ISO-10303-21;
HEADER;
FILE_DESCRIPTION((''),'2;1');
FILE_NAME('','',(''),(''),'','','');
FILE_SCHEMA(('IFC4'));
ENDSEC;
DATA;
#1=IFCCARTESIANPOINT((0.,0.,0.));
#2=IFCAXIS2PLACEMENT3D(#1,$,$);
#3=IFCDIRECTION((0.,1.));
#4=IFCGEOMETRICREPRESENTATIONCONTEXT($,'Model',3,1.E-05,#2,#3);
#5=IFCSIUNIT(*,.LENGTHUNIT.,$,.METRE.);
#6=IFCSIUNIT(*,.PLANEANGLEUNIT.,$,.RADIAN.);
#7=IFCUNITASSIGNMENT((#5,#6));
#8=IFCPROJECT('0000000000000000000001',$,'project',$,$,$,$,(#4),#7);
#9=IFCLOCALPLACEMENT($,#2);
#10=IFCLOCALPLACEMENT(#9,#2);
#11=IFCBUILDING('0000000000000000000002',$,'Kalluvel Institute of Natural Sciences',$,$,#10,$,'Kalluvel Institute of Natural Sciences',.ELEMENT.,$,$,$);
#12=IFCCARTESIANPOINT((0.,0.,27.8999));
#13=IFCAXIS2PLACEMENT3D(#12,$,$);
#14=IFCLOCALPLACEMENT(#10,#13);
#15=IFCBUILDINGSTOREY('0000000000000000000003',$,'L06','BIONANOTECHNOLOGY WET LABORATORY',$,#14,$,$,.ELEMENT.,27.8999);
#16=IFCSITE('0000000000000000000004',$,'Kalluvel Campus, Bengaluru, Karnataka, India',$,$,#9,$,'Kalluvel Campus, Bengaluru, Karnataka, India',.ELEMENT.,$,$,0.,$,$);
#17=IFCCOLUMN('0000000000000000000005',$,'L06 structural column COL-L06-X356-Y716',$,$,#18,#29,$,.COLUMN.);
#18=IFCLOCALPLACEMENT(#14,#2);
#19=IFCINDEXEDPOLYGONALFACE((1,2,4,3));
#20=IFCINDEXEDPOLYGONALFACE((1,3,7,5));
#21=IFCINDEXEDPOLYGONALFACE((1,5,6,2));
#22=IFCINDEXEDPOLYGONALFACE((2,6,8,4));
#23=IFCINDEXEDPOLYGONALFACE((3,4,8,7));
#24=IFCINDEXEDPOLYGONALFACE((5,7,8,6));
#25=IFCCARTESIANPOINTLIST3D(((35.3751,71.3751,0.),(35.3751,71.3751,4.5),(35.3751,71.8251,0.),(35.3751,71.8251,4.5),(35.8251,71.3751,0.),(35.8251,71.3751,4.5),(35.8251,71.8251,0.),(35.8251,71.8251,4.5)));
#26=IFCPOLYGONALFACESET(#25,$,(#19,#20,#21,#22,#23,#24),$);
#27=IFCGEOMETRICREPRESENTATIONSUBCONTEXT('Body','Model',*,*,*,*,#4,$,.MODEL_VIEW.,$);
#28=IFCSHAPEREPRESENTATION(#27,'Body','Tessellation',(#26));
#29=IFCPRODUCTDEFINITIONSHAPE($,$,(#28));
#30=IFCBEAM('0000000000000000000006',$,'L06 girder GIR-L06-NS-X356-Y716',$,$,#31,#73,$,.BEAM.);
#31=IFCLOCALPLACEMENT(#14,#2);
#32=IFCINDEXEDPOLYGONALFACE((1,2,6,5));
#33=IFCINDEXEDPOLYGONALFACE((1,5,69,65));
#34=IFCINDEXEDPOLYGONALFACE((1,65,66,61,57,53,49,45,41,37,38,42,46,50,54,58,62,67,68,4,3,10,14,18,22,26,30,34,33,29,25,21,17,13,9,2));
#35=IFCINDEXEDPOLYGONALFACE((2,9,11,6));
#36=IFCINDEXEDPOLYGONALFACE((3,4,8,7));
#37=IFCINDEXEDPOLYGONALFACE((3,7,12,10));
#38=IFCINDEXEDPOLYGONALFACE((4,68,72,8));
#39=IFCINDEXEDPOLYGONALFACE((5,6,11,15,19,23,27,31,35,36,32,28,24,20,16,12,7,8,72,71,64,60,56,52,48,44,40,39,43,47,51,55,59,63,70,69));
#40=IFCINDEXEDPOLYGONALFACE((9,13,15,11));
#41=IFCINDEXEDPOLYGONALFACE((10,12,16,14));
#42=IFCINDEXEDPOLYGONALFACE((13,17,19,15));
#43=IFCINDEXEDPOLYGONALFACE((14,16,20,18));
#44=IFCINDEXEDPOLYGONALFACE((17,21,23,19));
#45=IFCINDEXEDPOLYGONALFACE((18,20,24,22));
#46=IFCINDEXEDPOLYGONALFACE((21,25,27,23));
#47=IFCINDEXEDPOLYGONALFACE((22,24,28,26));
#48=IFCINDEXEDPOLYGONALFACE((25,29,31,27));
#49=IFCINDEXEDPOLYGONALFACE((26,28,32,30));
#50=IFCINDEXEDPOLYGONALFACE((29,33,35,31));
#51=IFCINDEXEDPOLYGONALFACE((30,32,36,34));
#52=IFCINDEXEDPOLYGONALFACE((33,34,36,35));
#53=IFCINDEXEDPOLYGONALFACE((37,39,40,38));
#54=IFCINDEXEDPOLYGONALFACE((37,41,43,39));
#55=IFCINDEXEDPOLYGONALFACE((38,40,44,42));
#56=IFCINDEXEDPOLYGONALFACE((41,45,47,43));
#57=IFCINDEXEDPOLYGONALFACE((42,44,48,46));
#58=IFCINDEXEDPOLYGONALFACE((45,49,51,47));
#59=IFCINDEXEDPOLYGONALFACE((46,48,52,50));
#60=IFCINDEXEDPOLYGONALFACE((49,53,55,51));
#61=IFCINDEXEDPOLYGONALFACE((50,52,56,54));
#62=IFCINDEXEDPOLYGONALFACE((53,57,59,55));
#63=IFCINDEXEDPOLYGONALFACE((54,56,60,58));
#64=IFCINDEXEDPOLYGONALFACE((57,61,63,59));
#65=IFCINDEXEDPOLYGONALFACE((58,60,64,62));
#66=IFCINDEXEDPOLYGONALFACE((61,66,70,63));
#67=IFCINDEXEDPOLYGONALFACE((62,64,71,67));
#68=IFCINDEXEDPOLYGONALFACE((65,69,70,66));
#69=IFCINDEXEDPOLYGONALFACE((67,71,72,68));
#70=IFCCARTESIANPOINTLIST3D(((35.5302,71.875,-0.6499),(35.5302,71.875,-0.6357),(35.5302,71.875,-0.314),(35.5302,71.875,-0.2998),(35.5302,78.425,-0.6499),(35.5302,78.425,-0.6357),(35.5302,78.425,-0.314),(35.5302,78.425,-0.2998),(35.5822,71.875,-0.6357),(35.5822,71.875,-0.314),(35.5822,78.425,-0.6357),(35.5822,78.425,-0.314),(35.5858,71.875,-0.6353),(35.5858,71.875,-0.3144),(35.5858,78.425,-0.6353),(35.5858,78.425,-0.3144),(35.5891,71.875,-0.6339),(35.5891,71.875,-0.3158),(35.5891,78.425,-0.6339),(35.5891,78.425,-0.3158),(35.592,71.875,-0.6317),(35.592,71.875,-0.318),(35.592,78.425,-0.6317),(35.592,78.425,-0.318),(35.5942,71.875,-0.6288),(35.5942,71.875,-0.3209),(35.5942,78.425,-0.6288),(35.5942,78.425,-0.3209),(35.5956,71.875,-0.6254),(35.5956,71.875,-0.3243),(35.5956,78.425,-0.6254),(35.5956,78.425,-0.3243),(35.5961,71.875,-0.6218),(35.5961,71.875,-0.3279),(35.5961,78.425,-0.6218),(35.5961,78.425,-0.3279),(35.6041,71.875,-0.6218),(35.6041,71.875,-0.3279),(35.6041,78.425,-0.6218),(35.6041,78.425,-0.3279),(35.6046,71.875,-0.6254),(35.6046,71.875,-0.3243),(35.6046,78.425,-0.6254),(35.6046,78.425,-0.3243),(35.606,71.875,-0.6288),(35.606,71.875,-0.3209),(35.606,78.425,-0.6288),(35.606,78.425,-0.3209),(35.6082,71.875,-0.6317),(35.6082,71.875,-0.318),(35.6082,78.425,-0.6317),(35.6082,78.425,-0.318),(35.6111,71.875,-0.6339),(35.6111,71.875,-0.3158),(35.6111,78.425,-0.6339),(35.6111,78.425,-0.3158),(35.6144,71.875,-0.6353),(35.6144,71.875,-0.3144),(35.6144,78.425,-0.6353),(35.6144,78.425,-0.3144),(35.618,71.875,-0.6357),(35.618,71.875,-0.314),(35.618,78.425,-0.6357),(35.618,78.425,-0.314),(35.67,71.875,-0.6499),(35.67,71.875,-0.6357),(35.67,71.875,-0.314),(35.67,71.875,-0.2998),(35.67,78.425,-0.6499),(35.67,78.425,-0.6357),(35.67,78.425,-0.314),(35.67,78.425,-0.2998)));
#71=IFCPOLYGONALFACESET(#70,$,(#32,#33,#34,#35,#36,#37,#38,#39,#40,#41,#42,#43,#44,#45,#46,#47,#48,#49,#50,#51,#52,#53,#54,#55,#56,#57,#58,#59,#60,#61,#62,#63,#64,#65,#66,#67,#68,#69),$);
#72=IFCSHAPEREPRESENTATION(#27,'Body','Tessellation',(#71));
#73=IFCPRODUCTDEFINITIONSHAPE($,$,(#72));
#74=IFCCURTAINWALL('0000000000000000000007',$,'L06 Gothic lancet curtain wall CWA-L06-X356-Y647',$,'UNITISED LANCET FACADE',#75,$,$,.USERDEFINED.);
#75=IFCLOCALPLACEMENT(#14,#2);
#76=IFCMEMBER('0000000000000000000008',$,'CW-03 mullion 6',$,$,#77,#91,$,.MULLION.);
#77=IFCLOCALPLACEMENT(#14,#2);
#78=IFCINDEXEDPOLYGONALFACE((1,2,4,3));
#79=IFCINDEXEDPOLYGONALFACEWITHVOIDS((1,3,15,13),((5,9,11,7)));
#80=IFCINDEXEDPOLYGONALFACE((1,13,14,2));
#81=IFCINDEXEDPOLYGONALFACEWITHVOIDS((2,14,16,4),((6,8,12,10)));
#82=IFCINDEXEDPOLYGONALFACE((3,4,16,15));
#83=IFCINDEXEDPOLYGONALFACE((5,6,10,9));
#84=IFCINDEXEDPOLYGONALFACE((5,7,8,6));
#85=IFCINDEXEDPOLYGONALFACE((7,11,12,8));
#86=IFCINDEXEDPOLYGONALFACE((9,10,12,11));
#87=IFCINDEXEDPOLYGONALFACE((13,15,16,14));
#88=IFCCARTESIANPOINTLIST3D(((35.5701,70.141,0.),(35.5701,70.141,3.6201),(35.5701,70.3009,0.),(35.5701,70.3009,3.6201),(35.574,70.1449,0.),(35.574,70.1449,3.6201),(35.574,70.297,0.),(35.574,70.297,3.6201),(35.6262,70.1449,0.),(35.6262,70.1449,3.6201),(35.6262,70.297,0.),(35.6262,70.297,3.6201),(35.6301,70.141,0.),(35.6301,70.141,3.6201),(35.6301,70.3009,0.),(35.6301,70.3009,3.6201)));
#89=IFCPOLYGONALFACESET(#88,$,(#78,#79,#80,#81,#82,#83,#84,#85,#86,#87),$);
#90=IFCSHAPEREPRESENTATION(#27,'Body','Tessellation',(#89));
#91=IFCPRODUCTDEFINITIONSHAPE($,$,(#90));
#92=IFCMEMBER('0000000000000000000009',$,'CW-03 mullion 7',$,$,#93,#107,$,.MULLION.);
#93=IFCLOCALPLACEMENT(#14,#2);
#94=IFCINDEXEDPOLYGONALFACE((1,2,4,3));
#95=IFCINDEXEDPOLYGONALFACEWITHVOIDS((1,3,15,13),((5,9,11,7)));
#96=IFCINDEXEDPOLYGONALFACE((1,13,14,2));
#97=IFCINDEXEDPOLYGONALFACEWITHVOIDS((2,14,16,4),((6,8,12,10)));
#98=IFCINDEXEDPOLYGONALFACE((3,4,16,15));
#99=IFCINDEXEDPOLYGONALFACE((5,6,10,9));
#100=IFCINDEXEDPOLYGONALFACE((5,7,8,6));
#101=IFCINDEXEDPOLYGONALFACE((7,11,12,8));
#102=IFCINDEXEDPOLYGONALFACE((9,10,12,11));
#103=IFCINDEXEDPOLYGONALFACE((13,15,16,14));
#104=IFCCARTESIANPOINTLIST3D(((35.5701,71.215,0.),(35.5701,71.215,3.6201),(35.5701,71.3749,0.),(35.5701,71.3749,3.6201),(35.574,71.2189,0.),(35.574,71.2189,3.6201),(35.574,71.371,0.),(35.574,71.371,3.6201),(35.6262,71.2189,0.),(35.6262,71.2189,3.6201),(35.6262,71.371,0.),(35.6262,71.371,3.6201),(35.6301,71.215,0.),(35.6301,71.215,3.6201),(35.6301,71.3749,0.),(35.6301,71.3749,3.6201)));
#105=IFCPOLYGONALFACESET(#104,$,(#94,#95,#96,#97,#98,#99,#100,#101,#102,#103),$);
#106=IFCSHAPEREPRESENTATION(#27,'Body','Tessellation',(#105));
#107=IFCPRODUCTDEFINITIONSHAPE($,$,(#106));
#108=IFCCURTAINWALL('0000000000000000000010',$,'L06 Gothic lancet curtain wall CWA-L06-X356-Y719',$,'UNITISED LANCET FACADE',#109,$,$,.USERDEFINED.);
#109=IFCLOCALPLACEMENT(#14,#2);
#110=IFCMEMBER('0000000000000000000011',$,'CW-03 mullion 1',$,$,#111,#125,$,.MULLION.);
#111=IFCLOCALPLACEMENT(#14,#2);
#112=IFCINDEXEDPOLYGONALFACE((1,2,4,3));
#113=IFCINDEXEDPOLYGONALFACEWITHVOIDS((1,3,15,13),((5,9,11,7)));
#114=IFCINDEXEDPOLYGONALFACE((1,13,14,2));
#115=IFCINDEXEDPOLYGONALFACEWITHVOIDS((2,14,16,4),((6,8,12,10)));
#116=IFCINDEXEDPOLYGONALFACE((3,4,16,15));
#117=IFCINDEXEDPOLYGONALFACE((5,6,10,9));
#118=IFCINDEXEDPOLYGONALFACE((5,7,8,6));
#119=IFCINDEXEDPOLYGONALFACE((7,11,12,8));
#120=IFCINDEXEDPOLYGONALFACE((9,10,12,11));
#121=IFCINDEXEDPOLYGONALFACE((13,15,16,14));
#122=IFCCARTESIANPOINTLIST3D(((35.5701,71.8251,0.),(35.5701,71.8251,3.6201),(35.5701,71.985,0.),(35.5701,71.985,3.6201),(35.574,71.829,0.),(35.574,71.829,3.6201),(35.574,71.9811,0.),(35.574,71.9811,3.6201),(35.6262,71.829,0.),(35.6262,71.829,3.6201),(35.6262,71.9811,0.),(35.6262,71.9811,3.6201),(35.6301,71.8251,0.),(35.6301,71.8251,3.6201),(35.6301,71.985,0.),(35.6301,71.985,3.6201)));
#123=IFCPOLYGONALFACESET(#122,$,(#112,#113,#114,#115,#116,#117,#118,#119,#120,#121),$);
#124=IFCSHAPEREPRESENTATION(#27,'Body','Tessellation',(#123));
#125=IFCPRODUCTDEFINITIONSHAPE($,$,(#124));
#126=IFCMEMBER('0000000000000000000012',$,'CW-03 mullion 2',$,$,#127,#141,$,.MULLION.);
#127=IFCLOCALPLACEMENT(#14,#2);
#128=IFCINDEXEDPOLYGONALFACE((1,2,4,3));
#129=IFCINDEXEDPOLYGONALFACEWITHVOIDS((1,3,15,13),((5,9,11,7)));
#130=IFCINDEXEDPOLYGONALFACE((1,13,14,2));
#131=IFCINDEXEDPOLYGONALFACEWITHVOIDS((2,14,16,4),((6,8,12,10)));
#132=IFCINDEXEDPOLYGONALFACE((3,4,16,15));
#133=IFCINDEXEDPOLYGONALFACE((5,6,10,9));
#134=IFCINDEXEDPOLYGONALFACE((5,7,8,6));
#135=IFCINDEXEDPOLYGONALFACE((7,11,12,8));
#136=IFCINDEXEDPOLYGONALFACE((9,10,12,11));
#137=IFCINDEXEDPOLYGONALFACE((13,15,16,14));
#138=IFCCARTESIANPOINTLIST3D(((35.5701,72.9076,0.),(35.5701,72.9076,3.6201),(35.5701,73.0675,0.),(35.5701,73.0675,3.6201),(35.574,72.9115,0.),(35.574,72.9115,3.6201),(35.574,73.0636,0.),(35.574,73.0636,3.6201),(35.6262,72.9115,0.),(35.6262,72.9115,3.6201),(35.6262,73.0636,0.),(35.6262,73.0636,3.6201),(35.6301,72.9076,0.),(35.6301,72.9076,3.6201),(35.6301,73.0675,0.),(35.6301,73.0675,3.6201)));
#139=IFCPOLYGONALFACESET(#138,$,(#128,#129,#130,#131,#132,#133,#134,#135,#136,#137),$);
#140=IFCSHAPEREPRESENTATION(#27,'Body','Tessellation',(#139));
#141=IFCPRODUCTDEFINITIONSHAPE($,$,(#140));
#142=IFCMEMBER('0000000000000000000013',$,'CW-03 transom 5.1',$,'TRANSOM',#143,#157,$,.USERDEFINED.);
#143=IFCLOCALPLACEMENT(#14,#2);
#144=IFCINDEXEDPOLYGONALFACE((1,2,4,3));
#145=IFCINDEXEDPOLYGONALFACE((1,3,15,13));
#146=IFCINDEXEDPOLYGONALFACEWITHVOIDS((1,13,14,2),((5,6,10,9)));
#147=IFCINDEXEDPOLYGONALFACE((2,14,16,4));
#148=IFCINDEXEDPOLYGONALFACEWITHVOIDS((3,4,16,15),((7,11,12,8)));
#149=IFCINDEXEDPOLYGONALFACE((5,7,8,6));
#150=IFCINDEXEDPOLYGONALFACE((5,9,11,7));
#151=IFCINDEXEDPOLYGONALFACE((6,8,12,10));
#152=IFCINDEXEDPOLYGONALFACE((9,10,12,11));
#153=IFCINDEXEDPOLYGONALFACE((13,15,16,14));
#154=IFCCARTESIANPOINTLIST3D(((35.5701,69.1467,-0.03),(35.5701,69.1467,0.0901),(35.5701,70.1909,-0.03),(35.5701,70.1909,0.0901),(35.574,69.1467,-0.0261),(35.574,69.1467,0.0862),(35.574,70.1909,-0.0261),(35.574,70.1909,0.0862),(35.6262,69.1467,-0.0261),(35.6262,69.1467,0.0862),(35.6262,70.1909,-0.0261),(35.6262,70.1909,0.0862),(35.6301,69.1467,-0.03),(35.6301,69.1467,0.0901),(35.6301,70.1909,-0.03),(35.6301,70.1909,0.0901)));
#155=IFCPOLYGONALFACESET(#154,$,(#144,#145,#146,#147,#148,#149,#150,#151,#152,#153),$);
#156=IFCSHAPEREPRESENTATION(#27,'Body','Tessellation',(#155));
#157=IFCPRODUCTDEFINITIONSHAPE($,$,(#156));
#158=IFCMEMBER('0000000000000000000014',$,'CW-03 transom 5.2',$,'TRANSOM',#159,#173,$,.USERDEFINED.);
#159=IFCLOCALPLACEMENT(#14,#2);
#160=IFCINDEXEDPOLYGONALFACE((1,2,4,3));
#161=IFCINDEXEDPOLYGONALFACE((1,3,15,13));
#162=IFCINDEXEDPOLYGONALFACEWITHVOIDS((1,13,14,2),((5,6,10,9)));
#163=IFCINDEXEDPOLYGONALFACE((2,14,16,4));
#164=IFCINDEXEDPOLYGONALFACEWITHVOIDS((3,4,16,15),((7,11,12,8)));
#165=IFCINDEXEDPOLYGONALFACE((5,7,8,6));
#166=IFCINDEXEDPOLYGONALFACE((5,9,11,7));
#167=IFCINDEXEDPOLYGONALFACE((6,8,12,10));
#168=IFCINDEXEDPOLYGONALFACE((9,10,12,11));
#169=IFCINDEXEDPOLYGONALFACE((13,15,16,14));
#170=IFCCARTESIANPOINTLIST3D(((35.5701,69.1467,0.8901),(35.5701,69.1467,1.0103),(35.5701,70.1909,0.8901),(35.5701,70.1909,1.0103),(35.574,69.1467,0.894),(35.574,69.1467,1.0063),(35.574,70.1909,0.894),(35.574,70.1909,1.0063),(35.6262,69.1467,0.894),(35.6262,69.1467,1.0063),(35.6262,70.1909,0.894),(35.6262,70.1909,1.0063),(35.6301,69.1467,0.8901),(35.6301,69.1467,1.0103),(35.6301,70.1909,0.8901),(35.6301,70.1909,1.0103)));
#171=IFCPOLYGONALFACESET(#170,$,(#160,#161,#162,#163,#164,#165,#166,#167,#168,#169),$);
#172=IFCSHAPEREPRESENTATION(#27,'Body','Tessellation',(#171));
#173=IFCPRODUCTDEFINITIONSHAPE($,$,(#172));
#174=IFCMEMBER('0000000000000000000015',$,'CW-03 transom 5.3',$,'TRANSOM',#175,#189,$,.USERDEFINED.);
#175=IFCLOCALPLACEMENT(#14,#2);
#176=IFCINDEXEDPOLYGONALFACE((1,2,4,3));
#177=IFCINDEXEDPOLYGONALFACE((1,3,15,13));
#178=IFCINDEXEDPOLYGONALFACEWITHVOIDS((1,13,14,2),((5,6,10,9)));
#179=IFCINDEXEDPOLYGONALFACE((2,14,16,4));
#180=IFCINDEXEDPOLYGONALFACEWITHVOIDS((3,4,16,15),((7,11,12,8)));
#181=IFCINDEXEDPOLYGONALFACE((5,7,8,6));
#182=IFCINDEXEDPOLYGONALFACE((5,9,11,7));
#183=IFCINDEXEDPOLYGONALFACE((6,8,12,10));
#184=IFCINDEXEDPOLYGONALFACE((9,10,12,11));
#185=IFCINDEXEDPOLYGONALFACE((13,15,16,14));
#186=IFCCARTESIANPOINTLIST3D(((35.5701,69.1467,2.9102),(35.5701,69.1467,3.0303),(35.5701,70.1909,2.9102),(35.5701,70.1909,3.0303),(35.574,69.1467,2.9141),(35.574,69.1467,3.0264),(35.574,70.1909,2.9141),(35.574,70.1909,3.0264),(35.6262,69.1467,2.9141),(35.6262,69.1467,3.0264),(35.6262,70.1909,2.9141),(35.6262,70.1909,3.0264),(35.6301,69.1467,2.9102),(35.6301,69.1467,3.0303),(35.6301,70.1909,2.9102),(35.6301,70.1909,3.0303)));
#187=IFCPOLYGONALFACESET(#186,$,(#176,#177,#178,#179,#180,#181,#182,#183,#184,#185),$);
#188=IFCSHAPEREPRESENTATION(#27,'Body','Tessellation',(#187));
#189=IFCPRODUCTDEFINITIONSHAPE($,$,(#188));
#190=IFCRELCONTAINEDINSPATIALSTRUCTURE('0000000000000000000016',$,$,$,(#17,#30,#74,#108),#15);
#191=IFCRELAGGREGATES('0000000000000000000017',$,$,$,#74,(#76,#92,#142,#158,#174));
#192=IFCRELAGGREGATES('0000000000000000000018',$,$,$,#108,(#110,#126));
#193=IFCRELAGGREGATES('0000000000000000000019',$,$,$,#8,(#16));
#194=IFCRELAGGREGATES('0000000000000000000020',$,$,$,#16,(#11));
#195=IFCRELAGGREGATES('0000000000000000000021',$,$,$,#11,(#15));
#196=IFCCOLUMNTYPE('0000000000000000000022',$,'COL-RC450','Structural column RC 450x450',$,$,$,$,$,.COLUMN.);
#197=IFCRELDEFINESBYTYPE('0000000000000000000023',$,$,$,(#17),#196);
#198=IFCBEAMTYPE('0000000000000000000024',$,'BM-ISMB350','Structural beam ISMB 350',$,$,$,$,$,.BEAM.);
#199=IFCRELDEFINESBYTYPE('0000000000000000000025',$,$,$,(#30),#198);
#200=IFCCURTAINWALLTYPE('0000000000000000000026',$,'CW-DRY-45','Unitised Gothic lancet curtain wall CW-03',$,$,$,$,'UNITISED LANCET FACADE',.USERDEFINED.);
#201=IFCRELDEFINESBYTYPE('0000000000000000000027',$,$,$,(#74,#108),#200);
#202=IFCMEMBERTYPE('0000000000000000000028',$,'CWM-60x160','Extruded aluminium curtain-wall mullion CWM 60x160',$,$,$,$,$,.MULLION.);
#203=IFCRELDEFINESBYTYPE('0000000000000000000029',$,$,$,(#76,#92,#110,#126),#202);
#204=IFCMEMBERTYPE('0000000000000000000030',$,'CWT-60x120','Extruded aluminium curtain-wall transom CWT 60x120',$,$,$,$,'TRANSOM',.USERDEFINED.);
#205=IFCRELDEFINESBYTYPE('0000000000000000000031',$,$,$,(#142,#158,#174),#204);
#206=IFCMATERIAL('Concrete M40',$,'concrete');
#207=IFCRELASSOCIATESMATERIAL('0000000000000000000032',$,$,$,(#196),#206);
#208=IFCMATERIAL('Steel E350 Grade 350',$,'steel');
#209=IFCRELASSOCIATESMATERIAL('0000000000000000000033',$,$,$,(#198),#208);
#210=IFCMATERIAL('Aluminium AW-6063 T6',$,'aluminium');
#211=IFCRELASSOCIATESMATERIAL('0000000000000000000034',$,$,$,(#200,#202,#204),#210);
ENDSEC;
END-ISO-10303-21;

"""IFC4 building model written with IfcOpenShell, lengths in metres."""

from ifc_helpers import new_model, si_unit, direction, frame, origin, origin_2d, place, context, subcontext, project, spatial, rectangle, hollow_rectangle, i_section, extrude, material, material_profile, profile_set, type_object, element, aggregate, save


model = new_model("IFC4")

# Units and contexts
model_context = context("Model", 3, precision=1e-05, world=origin(), true_north=direction((0.0, 1.0)))
body_context = subcontext(model_context, "Body", "Model", "MODEL_VIEW")
ifc_project = project(units=[si_unit("LENGTHUNIT", "METRE"), si_unit("PLANEANGLEUNIT", "RADIAN")], contexts=[model_context])

# Site, building, storey
site_placement = place(None, origin())
site = spatial("IfcSite", under=ifc_project, at=site_placement, Name="Kalluvel Campus, Bengaluru, Karnataka, India", LongName="Kalluvel Campus, Bengaluru, Karnataka, India", CompositionType="ELEMENT", RefElevation=0.0)
building_placement = place(site_placement, origin())
building = spatial("IfcBuilding", under=site, at=building_placement, Name="Kalluvel Institute of Natural Sciences", LongName="Kalluvel Institute of Natural Sciences", CompositionType="ELEMENT")
storey_placement = place(building_placement, frame((0.0, 0.0, 27.8999)))
storey = spatial("IfcBuildingStorey", under=building, at=storey_placement, Name="L06", Description="BIONANOTECHNOLOGY WET LABORATORY", CompositionType="ELEMENT", Elevation=27.8999)

# Column
ifc_material_1 = material(Name="Concrete M40", Category="concrete")
ifc_material_profile_1 = material_profile(ifc_material_1, rectangle(XDim=0.45, YDim=0.45, at=origin_2d()), Name="RC 450x450")
ifc_profile_set_1 = profile_set([ifc_material_profile_1], Name="Concrete M40")
column_type = type_object("IfcColumnType", Name="COL-RC450", Description="Structural column RC 450x450", PredefinedType="COLUMN", material=ifc_profile_set_1)
column_placement = place(storey_placement, frame((35.6001, 71.6001, 0.0), z_axis=(0.0, 0.0, 1.0), x_axis=(1.0, 0.0, 0.0)))
element("IfcColumn", 1, at=column_placement, inside=storey, type_object=column_type, Name="L06 structural column COL-L06-X356-Y716", PredefinedType="COLUMN", context=body_context, shape_type="SweptSolid", body=[
    extrude(rectangle(XDim=0.45, YDim=0.45, at=origin_2d()), origin(), (0.0, 0.0, 1.0), 4.5),
])

# Beam
ifc_material_2 = material(Name="Steel E350 Grade 350", Category="steel")
ifc_material_profile_2 = material_profile(ifc_material_2, i_section(OverallWidth=0.1399, OverallDepth=0.3501, WebThickness=0.0081, FlangeThickness=0.0142, FilletRadius=0.0139, at=origin_2d()), Name="ISMB 350")
ifc_profile_set_2 = profile_set([ifc_material_profile_2], Name="Steel E350 Grade 350")
beam_type = type_object("IfcBeamType", Name="BM-ISMB350", Description="Structural beam ISMB 350", PredefinedType="BEAM", material=ifc_profile_set_2)
beam_placement = place(storey_placement, frame((35.6001, 71.875, -0.4749), z_axis=(0.0, 1.0, 0.0), x_axis=(-1.0, 0.0, 0.0)))
element("IfcBeam", 2, at=beam_placement, inside=storey, type_object=beam_type, Name="L06 girder GIR-L06-NS-X356-Y716", PredefinedType="BEAM", context=body_context, shape_type="SweptSolid", body=[
    extrude(i_section(OverallWidth=0.1399, OverallDepth=0.3501, WebThickness=0.0081, FlangeThickness=0.0142, FilletRadius=0.0139, at=origin_2d()), origin(), (0.0, 0.0, 1.0), 6.55),
])

# Curtain walls, members
ifc_material_3 = material(Name="Aluminium AW-6063 T6", Category="aluminium")
curtain_wall_type = type_object("IfcCurtainWallType", Name="CW-DRY-45", Description="Unitised Gothic lancet curtain wall CW-03", ElementType="UNITISED LANCET FACADE", PredefinedType="USERDEFINED", material=ifc_material_3)
curtain_wall_1_placement = place(storey_placement, origin())
curtain_wall_1 = element("IfcCurtainWall", 3, at=curtain_wall_1_placement, inside=storey, type_object=curtain_wall_type, Name="L06 Gothic lancet curtain wall CWA-L06-X356-Y647", ObjectType="UNITISED LANCET FACADE", PredefinedType="USERDEFINED")
ifc_material_profile_3 = material_profile(ifc_material_3, hollow_rectangle(XDim=0.0601, YDim=0.1599, WallThickness=0.0039, at=origin_2d()), Name="CWM 60x160")
ifc_profile_set_3 = profile_set([ifc_material_profile_3], Name="Aluminium AW-6063 T6")
member_type_1 = type_object("IfcMemberType", Name="CWM-60x160", Description="Extruded aluminium curtain-wall mullion CWM 60x160", PredefinedType="MULLION", material=ifc_profile_set_3)
member_1_placement = place(storey_placement, frame((35.6001, 70.2209, 0.0), z_axis=(0.0, 0.0, 1.0), x_axis=(-1.0, 0.0, 0.0)))
member_1 = element("IfcMember", 4, at=member_1_placement, type_object=member_type_1, Name="CW-03 mullion 6", PredefinedType="MULLION", context=body_context, shape_type="SweptSolid", body=[
    extrude(hollow_rectangle(XDim=0.0601, YDim=0.1599, WallThickness=0.0039, at=origin_2d()), origin(), (0.0, 0.0, 1.0), 3.6201),
])
member_2_placement = place(storey_placement, frame((35.6001, 71.2949, 0.0), z_axis=(0.0, 0.0, 1.0), x_axis=(-1.0, 0.0, 0.0)))
member_2 = element("IfcMember", 5, at=member_2_placement, type_object=member_type_1, Name="CW-03 mullion 7", PredefinedType="MULLION", context=body_context, shape_type="SweptSolid", body=[
    extrude(hollow_rectangle(XDim=0.0601, YDim=0.1599, WallThickness=0.0039, at=origin_2d()), origin(), (0.0, 0.0, 1.0), 3.6201),
])
curtain_wall_2_placement = place(storey_placement, origin())
curtain_wall_2 = element("IfcCurtainWall", 6, at=curtain_wall_2_placement, inside=storey, type_object=curtain_wall_type, Name="L06 Gothic lancet curtain wall CWA-L06-X356-Y719", ObjectType="UNITISED LANCET FACADE", PredefinedType="USERDEFINED")
member_3_placement = place(storey_placement, frame((35.6001, 71.905, 0.0), z_axis=(0.0, 0.0, 1.0), x_axis=(-1.0, 0.0, 0.0)))
member_3 = element("IfcMember", 7, at=member_3_placement, type_object=member_type_1, Name="CW-03 mullion 1", PredefinedType="MULLION", context=body_context, shape_type="SweptSolid", body=[
    extrude(hollow_rectangle(XDim=0.0601, YDim=0.1599, WallThickness=0.0039, at=origin_2d()), origin(), (0.0, 0.0, 1.0), 3.6201),
])
member_4_placement = place(storey_placement, frame((35.6001, 72.9875, 0.0), z_axis=(0.0, 0.0, 1.0), x_axis=(-1.0, 0.0, 0.0)))
member_4 = element("IfcMember", 8, at=member_4_placement, type_object=member_type_1, Name="CW-03 mullion 2", PredefinedType="MULLION", context=body_context, shape_type="SweptSolid", body=[
    extrude(hollow_rectangle(XDim=0.0601, YDim=0.1599, WallThickness=0.0039, at=origin_2d()), origin(), (0.0, 0.0, 1.0), 3.6201),
])

# Members
ifc_material_profile_4 = material_profile(ifc_material_3, hollow_rectangle(XDim=0.0601, YDim=0.1201, WallThickness=0.0039, at=origin_2d()), Name="CWT 60x120")
ifc_profile_set_4 = profile_set([ifc_material_profile_4], Name="Aluminium AW-6063 T6")
member_type_2 = type_object("IfcMemberType", Name="CWT-60x120", Description="Extruded aluminium curtain-wall transom CWT 60x120", ElementType="TRANSOM", PredefinedType="USERDEFINED", material=ifc_profile_set_4)
member_5_placement = place(storey_placement, frame((35.6001, 69.1467, 0.03), z_axis=(0.0, 1.0, 0.0), x_axis=(-1.0, 0.0, 0.0)))
member_5 = element("IfcMember", 9, at=member_5_placement, type_object=member_type_2, Name="CW-03 transom 5.1", ObjectType="TRANSOM", PredefinedType="USERDEFINED", context=body_context, shape_type="SweptSolid", body=[
    extrude(hollow_rectangle(XDim=0.0601, YDim=0.1201, WallThickness=0.0039, at=origin_2d()), origin(), (0.0, 0.0, 1.0), 1.0442),
])
member_6_placement = place(storey_placement, frame((35.6001, 69.1467, 0.9502), z_axis=(0.0, 1.0, 0.0), x_axis=(-1.0, 0.0, 0.0)))
member_6 = element("IfcMember", 10, at=member_6_placement, type_object=member_type_2, Name="CW-03 transom 5.2", ObjectType="TRANSOM", PredefinedType="USERDEFINED", context=body_context, shape_type="SweptSolid", body=[
    extrude(hollow_rectangle(XDim=0.0601, YDim=0.1201, WallThickness=0.0039, at=origin_2d()), origin(), (0.0, 0.0, 1.0), 1.0442),
])
member_7_placement = place(storey_placement, frame((35.6001, 69.1467, 2.9702), z_axis=(0.0, 1.0, 0.0), x_axis=(-1.0, 0.0, 0.0)))
member_7 = element("IfcMember", 11, at=member_7_placement, type_object=member_type_2, Name="CW-03 transom 5.3", ObjectType="TRANSOM", PredefinedType="USERDEFINED", context=body_context, shape_type="SweptSolid", body=[
    extrude(hollow_rectangle(XDim=0.0601, YDim=0.1201, WallThickness=0.0039, at=origin_2d()), origin(), (0.0, 0.0, 1.0), 1.0442),
])

aggregate(curtain_wall_1, [member_1, member_2, member_5, member_6, member_7])
aggregate(curtain_wall_2, [member_3, member_4])

save(model, "model.ifc")
